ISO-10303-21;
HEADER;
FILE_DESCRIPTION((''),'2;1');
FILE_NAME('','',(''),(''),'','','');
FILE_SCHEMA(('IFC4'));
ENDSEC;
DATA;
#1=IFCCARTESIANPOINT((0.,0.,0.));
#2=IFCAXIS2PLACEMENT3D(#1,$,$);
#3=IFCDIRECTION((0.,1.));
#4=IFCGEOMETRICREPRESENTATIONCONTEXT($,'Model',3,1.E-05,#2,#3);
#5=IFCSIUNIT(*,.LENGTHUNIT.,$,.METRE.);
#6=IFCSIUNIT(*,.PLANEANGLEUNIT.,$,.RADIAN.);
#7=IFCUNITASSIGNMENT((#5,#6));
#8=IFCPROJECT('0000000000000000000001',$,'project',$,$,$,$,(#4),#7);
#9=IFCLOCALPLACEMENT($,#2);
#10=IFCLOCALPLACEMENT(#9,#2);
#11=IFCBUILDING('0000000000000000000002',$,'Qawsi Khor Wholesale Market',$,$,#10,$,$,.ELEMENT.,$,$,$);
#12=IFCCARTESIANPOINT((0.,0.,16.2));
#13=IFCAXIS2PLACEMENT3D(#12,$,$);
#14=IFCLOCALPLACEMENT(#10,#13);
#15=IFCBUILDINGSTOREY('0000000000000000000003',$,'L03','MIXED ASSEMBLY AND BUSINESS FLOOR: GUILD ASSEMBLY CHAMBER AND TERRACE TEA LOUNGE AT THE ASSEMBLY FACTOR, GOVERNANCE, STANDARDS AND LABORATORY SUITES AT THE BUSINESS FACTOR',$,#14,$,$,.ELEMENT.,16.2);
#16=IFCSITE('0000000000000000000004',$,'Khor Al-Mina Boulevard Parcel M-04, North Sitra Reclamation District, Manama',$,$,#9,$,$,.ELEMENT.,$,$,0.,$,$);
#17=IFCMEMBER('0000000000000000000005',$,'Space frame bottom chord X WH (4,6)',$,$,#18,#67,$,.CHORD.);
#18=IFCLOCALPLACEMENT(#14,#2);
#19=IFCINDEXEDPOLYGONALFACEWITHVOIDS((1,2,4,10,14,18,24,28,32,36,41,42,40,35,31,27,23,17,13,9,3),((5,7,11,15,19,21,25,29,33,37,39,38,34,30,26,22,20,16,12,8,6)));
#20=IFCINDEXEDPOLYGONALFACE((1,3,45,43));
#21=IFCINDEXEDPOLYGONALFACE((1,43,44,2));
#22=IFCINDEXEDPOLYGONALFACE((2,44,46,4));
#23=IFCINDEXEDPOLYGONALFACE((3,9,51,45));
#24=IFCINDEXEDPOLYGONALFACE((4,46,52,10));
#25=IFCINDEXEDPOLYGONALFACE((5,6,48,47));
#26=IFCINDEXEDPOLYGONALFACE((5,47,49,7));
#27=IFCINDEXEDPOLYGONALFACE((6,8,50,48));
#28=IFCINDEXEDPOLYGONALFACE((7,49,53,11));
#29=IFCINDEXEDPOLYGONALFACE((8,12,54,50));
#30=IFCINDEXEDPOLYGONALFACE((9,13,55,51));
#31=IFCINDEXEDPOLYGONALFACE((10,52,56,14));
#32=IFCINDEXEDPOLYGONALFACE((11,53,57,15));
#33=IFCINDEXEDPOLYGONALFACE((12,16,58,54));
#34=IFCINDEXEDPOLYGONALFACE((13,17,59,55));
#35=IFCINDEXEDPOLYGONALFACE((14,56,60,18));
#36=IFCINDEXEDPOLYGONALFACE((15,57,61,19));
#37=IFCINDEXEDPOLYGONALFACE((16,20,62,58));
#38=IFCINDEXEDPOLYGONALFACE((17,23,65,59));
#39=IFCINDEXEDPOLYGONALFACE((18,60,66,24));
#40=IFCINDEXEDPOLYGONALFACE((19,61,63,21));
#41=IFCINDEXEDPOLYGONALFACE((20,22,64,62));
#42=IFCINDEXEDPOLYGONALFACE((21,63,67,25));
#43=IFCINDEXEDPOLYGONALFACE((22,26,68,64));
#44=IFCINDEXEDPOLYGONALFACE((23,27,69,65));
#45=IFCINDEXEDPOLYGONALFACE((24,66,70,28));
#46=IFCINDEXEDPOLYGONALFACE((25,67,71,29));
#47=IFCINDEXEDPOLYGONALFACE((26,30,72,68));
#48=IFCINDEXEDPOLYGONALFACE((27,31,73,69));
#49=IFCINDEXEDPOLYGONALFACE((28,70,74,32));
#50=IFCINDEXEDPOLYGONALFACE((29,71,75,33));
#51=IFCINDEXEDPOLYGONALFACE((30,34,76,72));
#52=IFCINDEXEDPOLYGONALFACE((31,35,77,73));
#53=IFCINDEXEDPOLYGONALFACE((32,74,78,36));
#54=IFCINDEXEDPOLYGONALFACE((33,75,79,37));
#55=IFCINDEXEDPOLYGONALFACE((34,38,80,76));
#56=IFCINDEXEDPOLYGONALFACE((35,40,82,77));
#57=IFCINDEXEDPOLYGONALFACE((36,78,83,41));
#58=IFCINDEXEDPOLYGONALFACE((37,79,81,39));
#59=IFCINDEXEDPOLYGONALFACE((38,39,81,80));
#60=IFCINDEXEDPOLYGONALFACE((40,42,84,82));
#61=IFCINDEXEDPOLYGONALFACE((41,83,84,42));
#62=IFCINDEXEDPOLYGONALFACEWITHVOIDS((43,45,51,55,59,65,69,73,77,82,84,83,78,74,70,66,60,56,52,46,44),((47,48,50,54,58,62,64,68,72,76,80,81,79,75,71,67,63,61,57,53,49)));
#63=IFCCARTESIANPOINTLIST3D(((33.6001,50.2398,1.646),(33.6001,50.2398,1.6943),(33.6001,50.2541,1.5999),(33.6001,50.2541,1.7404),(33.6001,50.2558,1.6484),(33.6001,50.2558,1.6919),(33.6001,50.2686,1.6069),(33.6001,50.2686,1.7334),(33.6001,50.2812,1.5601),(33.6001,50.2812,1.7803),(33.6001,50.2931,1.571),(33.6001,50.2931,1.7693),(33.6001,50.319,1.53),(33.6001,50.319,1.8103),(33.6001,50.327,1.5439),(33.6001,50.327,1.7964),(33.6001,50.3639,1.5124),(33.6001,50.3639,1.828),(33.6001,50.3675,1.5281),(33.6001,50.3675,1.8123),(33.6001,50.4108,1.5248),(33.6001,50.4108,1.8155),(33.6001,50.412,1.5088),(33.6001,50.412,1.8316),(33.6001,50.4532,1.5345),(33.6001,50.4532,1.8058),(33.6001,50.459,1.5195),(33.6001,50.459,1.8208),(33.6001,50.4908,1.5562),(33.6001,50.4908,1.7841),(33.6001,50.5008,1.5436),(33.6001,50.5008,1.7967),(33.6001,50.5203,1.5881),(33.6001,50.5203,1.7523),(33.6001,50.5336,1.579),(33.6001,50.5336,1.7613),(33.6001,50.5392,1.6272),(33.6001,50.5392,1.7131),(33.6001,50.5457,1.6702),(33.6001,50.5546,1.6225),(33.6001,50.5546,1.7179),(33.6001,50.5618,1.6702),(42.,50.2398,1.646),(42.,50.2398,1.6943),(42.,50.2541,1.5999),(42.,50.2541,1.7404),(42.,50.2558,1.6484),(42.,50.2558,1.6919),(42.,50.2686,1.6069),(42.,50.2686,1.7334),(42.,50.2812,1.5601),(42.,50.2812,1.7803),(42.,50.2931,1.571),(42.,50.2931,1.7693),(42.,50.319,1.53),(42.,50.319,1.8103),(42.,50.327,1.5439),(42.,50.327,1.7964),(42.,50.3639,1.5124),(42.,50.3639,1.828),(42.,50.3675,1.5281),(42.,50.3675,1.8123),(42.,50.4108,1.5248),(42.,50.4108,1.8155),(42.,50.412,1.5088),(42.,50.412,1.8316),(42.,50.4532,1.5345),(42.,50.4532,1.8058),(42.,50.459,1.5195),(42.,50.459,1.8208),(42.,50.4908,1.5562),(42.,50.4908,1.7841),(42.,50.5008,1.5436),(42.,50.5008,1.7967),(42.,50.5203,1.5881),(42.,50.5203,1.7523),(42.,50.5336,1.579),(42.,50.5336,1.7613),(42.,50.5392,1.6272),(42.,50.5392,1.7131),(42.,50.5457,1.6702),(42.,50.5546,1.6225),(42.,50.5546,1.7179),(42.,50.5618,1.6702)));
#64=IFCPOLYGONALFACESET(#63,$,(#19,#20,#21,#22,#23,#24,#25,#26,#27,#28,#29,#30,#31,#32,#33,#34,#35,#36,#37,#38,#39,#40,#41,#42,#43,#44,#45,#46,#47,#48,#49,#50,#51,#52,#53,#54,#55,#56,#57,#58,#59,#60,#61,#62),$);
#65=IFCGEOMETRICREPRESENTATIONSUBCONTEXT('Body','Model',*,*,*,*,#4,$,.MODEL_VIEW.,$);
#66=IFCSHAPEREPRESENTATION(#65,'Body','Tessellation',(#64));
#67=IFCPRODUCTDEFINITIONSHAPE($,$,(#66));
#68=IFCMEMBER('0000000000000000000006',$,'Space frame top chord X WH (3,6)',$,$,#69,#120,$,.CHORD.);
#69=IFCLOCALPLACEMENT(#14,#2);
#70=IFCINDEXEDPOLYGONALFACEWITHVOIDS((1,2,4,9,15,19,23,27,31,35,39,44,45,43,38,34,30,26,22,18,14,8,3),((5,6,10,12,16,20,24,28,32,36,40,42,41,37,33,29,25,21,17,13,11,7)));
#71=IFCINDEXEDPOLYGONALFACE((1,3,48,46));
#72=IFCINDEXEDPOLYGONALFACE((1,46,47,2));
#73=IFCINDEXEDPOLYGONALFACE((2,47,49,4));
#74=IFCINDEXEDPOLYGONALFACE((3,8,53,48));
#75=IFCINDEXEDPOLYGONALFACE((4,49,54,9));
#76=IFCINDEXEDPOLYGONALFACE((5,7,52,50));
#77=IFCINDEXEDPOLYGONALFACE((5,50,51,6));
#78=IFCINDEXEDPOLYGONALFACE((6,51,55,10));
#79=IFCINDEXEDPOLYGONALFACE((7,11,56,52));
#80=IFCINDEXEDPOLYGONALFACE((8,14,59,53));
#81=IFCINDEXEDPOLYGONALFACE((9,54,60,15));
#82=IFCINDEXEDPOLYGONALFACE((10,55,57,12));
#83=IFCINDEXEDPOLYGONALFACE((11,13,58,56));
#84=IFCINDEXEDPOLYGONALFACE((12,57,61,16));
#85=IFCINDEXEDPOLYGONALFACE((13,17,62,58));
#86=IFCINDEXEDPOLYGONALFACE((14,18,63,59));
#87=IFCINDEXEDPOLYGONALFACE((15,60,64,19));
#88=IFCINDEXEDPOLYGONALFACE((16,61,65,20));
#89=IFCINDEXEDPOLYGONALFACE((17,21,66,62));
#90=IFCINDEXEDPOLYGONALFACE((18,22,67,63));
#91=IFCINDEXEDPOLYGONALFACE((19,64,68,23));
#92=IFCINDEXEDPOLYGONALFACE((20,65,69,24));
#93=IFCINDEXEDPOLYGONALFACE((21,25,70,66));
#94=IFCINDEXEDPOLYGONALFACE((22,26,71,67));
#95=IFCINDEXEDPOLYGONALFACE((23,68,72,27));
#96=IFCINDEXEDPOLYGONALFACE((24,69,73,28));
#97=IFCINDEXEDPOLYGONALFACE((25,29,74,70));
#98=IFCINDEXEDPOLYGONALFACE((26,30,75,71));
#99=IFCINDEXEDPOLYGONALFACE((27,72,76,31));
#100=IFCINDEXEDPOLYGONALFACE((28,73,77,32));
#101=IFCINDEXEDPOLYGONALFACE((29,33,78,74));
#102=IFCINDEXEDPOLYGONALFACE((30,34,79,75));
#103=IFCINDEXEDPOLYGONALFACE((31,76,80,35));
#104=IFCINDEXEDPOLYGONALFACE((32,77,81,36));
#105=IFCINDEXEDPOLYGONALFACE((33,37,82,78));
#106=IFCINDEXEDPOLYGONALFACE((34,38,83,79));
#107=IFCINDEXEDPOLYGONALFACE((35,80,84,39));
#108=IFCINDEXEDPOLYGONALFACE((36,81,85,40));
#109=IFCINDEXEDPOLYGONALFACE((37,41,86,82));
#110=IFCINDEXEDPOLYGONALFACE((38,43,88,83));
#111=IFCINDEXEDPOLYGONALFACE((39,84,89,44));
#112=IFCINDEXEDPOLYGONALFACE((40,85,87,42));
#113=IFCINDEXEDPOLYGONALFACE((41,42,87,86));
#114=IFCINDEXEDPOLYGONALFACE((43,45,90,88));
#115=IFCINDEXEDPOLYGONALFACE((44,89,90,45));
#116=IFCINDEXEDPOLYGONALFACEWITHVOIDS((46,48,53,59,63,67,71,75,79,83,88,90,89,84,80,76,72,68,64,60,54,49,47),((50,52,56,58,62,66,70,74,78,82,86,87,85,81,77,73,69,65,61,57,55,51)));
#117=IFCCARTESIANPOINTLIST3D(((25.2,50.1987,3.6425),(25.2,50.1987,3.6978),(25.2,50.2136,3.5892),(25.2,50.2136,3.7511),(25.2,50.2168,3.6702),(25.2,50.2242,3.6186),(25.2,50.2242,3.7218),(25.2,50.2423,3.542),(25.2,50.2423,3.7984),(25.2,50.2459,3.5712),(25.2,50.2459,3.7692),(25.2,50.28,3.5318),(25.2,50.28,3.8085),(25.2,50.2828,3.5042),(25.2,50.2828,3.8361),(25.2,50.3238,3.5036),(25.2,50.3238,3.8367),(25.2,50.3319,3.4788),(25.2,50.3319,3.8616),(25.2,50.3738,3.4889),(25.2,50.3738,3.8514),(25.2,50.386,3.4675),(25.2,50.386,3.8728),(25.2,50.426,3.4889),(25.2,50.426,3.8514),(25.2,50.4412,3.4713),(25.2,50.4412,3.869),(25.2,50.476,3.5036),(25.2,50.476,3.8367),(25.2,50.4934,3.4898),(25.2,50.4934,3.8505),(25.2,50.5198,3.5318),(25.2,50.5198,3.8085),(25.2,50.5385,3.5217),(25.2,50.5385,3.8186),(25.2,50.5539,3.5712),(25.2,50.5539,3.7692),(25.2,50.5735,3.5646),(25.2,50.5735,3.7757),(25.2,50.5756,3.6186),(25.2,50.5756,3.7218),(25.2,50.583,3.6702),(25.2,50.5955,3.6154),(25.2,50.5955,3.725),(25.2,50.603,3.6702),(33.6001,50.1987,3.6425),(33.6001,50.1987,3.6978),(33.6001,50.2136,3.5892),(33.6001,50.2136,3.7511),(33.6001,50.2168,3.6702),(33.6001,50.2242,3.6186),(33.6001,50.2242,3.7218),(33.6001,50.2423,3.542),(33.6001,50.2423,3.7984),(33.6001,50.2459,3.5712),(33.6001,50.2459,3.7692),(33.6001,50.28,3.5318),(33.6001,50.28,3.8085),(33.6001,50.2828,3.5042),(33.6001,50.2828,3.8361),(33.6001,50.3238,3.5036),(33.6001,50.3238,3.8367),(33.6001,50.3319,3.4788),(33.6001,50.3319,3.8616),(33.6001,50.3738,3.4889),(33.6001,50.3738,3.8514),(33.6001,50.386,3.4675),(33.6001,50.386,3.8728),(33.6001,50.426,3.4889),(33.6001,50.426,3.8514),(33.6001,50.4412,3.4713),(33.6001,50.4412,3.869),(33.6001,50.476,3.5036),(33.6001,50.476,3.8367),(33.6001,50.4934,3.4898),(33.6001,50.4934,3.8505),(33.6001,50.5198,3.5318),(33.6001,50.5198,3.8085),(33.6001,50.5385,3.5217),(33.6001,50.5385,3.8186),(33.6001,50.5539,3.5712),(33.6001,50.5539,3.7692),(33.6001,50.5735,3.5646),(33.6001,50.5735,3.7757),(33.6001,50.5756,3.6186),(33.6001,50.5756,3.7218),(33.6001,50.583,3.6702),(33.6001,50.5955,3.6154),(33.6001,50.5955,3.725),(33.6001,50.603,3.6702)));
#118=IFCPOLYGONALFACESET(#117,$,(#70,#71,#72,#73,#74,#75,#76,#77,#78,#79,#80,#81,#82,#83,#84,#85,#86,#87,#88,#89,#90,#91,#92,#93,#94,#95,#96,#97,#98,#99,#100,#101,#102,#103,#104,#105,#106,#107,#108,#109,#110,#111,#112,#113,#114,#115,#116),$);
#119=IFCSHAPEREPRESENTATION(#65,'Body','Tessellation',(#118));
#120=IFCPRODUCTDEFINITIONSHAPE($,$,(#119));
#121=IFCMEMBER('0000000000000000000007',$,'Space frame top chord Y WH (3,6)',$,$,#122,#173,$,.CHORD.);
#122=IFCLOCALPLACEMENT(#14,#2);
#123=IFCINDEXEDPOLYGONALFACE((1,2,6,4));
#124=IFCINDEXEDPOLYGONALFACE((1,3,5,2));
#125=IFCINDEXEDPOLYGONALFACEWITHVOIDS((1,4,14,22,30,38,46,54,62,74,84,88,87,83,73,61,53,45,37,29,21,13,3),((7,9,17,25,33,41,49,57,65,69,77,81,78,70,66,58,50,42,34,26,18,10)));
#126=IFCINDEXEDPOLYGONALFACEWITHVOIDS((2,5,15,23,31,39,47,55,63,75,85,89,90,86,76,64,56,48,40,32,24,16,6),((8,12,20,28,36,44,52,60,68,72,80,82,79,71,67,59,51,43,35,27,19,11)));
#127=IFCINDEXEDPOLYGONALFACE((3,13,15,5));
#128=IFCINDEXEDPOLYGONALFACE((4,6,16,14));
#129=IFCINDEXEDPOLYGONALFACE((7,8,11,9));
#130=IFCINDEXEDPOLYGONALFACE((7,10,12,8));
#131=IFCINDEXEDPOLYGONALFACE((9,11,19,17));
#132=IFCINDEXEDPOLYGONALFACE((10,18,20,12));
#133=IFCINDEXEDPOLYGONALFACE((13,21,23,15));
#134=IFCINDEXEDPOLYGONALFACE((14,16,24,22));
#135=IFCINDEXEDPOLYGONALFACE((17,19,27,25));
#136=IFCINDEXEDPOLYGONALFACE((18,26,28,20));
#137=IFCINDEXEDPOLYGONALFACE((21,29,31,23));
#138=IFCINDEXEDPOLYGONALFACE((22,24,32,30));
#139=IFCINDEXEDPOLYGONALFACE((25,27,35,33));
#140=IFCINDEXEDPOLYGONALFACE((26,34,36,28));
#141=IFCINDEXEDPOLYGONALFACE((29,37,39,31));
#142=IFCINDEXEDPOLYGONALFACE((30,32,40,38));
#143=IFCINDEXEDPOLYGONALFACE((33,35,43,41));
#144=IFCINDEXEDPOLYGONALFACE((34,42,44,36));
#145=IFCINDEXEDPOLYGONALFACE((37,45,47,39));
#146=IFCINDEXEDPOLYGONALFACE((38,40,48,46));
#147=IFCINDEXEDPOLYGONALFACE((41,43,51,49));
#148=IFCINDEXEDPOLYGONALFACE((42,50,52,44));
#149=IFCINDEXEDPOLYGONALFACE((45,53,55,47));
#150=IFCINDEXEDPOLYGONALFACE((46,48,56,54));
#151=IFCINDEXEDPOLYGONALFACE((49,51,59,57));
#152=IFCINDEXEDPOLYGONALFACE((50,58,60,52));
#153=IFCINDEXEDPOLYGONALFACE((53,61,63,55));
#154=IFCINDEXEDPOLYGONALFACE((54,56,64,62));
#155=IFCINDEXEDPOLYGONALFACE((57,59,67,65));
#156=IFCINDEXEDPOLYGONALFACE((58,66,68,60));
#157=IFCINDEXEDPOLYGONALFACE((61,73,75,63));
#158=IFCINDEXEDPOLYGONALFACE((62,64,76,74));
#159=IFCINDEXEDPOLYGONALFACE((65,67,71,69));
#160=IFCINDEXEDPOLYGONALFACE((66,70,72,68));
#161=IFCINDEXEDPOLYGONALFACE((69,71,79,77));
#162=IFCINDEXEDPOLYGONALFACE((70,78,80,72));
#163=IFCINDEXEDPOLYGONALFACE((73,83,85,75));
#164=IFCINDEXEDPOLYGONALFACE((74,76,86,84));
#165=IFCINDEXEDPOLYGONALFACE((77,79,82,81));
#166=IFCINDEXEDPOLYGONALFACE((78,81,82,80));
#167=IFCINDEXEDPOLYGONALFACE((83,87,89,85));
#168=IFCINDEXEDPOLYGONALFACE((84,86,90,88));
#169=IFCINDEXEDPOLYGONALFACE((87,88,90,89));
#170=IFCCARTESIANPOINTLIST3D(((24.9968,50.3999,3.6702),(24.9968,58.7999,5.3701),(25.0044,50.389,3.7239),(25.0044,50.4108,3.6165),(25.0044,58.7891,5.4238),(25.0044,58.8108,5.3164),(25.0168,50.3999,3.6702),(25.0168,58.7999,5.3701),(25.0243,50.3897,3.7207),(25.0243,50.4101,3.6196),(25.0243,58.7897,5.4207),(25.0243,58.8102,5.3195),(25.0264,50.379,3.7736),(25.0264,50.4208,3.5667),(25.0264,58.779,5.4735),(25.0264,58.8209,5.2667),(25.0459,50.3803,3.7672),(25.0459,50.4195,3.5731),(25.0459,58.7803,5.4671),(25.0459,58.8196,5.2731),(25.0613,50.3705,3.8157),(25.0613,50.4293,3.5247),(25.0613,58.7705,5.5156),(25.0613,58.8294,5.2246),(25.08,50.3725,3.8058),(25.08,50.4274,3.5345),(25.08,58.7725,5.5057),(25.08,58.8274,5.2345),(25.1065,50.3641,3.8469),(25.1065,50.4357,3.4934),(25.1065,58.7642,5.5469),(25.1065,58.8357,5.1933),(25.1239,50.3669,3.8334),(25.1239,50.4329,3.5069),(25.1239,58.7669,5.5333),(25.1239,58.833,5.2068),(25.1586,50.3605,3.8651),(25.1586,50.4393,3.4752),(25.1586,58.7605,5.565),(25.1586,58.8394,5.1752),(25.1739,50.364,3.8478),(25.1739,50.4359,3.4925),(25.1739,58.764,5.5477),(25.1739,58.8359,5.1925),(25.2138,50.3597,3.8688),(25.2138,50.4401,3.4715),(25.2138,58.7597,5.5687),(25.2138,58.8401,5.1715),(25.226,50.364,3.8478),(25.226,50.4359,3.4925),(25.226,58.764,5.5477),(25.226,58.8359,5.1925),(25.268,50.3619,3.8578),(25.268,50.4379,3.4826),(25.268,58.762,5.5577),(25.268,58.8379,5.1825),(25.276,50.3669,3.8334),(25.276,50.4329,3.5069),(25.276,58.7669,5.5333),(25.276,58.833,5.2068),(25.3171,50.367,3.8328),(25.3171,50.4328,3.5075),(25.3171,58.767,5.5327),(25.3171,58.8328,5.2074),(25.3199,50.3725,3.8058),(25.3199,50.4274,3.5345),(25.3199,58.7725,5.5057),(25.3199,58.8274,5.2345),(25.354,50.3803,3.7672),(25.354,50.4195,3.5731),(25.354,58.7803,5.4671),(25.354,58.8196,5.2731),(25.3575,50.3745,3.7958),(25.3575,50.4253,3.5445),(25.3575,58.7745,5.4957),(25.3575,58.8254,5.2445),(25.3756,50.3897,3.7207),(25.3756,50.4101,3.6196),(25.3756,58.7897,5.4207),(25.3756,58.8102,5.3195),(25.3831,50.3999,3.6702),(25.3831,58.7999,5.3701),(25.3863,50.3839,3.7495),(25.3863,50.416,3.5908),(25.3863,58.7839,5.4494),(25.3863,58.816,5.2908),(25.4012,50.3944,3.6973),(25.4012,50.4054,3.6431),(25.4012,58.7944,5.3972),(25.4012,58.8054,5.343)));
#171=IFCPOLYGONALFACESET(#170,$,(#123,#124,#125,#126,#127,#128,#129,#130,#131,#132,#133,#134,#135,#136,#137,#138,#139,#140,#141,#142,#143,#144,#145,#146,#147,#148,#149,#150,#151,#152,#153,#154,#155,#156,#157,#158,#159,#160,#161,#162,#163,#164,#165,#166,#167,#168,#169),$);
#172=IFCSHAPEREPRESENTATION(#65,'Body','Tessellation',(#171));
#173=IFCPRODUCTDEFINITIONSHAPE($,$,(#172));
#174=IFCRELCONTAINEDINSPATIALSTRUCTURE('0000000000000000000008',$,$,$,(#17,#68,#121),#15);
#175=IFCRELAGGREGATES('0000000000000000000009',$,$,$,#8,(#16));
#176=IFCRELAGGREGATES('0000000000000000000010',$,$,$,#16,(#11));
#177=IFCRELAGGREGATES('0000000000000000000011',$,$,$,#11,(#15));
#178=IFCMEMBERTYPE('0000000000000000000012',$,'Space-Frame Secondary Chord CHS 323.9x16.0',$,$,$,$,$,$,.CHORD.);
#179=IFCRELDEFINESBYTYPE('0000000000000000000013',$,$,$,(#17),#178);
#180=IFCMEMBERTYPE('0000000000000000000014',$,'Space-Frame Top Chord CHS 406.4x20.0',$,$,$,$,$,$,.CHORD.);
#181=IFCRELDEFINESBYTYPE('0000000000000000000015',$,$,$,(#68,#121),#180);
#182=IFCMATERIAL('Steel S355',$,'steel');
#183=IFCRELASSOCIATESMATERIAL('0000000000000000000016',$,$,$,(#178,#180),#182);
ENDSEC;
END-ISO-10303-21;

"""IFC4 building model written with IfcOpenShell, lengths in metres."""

from ifc_helpers import new_model, si_unit, direction, frame, origin, origin_2d, place, context, subcontext, project, spatial, hollow_circle, extrude, material, material_profile, profile_set, type_object, element, save


model = new_model("IFC4")

# Units and contexts
model_context = context("Model", 3, precision=1e-05, world=origin(), true_north=direction((0.0, 1.0)))
body_context = subcontext(model_context, "Body", "Model", "MODEL_VIEW")
ifc_project = project(units=[si_unit("LENGTHUNIT", "METRE"), si_unit("PLANEANGLEUNIT", "RADIAN")], contexts=[model_context])

# Site, building, storey
site_placement = place(None, origin())
site = spatial("IfcSite", under=ifc_project, at=site_placement, Name="Khor Al-Mina Boulevard Parcel M-04, North Sitra Reclamation District, Manama", CompositionType="ELEMENT", RefElevation=0.0)
building_placement = place(site_placement, origin())
building = spatial("IfcBuilding", under=site, at=building_placement, Name="Qawsi Khor Wholesale Market", CompositionType="ELEMENT")
storey_placement = place(building_placement, frame((0.0, 0.0, 16.2)))
storey = spatial("IfcBuildingStorey", under=building, at=storey_placement, Name="L03", Description="MIXED ASSEMBLY AND BUSINESS FLOOR: GUILD ASSEMBLY CHAMBER AND TERRACE TEA LOUNGE AT THE ASSEMBLY FACTOR, GOVERNANCE, STANDARDS AND LABORATORY SUITES AT THE BUSINESS FACTOR", CompositionType="ELEMENT", Elevation=16.2)

# Members
ifc_material_1 = material(Name="Steel S355", Category="steel")
ifc_material_profile_1 = material_profile(ifc_material_1, hollow_circle(Radius=0.1619, WallThickness=0.0161, at=origin_2d()), Name="CHS 323.9x16.0")
ifc_profile_set_1 = profile_set([ifc_material_profile_1], Name="Steel S355")
member_type_1 = type_object("IfcMemberType", Name="Space-Frame Secondary Chord CHS 323.9x16.0", PredefinedType="CHORD", material=ifc_profile_set_1)
member_1_placement = place(storey_placement, frame((33.6001, 50.3999, 1.6702), z_axis=(1.0, 0.0, 0.0), x_axis=(0.0, 1.0, 0.0)))
element("IfcMember", 1, at=member_1_placement, inside=storey, type_object=member_type_1, Name="Space frame bottom chord X WH (4,6)", PredefinedType="CHORD", context=body_context, shape_type="SweptSolid", body=[
    extrude(hollow_circle(Radius=0.1619, WallThickness=0.0161, at=origin_2d()), origin(), (0.0, 0.0, 1.0), 8.3999),
])
ifc_material_profile_2 = material_profile(ifc_material_1, hollow_circle(Radius=0.2031, WallThickness=0.02, at=origin_2d()), Name="CHS 406.4x20.0")
ifc_profile_set_2 = profile_set([ifc_material_profile_2], Name="Steel S355")
member_type_2 = type_object("IfcMemberType", Name="Space-Frame Top Chord CHS 406.4x20.0", PredefinedType="CHORD", material=ifc_profile_set_2)
member_2_placement = place(storey_placement, frame((25.2, 50.3999, 3.6702), z_axis=(1.0, 0.0, 0.0), x_axis=(0.0, 1.0, 0.0)))
element("IfcMember", 2, at=member_2_placement, inside=storey, type_object=member_type_2, Name="Space frame top chord X WH (3,6)", PredefinedType="CHORD", context=body_context, shape_type="SweptSolid", body=[
    extrude(hollow_circle(Radius=0.2031, WallThickness=0.02, at=origin_2d()), origin(), (0.0, 0.0, 1.0), 8.4001),
])
member_3_placement = place(storey_placement, frame((25.2, 50.3999, 3.6702), z_axis=(0.0, 0.980131, 0.198351), x_axis=(-1.0, 0.0, 0.0)))
element("IfcMember", 3, at=member_3_placement, inside=storey, type_object=member_type_2, Name="Space frame top chord Y WH (3,6)", PredefinedType="CHORD", context=body_context, shape_type="SweptSolid", body=[
    extrude(hollow_circle(Radius=0.2031, WallThickness=0.02, at=origin_2d()), origin(), (0.0, 0.0, 1.0), 8.5703),
])

save(model, "model.ifc")
